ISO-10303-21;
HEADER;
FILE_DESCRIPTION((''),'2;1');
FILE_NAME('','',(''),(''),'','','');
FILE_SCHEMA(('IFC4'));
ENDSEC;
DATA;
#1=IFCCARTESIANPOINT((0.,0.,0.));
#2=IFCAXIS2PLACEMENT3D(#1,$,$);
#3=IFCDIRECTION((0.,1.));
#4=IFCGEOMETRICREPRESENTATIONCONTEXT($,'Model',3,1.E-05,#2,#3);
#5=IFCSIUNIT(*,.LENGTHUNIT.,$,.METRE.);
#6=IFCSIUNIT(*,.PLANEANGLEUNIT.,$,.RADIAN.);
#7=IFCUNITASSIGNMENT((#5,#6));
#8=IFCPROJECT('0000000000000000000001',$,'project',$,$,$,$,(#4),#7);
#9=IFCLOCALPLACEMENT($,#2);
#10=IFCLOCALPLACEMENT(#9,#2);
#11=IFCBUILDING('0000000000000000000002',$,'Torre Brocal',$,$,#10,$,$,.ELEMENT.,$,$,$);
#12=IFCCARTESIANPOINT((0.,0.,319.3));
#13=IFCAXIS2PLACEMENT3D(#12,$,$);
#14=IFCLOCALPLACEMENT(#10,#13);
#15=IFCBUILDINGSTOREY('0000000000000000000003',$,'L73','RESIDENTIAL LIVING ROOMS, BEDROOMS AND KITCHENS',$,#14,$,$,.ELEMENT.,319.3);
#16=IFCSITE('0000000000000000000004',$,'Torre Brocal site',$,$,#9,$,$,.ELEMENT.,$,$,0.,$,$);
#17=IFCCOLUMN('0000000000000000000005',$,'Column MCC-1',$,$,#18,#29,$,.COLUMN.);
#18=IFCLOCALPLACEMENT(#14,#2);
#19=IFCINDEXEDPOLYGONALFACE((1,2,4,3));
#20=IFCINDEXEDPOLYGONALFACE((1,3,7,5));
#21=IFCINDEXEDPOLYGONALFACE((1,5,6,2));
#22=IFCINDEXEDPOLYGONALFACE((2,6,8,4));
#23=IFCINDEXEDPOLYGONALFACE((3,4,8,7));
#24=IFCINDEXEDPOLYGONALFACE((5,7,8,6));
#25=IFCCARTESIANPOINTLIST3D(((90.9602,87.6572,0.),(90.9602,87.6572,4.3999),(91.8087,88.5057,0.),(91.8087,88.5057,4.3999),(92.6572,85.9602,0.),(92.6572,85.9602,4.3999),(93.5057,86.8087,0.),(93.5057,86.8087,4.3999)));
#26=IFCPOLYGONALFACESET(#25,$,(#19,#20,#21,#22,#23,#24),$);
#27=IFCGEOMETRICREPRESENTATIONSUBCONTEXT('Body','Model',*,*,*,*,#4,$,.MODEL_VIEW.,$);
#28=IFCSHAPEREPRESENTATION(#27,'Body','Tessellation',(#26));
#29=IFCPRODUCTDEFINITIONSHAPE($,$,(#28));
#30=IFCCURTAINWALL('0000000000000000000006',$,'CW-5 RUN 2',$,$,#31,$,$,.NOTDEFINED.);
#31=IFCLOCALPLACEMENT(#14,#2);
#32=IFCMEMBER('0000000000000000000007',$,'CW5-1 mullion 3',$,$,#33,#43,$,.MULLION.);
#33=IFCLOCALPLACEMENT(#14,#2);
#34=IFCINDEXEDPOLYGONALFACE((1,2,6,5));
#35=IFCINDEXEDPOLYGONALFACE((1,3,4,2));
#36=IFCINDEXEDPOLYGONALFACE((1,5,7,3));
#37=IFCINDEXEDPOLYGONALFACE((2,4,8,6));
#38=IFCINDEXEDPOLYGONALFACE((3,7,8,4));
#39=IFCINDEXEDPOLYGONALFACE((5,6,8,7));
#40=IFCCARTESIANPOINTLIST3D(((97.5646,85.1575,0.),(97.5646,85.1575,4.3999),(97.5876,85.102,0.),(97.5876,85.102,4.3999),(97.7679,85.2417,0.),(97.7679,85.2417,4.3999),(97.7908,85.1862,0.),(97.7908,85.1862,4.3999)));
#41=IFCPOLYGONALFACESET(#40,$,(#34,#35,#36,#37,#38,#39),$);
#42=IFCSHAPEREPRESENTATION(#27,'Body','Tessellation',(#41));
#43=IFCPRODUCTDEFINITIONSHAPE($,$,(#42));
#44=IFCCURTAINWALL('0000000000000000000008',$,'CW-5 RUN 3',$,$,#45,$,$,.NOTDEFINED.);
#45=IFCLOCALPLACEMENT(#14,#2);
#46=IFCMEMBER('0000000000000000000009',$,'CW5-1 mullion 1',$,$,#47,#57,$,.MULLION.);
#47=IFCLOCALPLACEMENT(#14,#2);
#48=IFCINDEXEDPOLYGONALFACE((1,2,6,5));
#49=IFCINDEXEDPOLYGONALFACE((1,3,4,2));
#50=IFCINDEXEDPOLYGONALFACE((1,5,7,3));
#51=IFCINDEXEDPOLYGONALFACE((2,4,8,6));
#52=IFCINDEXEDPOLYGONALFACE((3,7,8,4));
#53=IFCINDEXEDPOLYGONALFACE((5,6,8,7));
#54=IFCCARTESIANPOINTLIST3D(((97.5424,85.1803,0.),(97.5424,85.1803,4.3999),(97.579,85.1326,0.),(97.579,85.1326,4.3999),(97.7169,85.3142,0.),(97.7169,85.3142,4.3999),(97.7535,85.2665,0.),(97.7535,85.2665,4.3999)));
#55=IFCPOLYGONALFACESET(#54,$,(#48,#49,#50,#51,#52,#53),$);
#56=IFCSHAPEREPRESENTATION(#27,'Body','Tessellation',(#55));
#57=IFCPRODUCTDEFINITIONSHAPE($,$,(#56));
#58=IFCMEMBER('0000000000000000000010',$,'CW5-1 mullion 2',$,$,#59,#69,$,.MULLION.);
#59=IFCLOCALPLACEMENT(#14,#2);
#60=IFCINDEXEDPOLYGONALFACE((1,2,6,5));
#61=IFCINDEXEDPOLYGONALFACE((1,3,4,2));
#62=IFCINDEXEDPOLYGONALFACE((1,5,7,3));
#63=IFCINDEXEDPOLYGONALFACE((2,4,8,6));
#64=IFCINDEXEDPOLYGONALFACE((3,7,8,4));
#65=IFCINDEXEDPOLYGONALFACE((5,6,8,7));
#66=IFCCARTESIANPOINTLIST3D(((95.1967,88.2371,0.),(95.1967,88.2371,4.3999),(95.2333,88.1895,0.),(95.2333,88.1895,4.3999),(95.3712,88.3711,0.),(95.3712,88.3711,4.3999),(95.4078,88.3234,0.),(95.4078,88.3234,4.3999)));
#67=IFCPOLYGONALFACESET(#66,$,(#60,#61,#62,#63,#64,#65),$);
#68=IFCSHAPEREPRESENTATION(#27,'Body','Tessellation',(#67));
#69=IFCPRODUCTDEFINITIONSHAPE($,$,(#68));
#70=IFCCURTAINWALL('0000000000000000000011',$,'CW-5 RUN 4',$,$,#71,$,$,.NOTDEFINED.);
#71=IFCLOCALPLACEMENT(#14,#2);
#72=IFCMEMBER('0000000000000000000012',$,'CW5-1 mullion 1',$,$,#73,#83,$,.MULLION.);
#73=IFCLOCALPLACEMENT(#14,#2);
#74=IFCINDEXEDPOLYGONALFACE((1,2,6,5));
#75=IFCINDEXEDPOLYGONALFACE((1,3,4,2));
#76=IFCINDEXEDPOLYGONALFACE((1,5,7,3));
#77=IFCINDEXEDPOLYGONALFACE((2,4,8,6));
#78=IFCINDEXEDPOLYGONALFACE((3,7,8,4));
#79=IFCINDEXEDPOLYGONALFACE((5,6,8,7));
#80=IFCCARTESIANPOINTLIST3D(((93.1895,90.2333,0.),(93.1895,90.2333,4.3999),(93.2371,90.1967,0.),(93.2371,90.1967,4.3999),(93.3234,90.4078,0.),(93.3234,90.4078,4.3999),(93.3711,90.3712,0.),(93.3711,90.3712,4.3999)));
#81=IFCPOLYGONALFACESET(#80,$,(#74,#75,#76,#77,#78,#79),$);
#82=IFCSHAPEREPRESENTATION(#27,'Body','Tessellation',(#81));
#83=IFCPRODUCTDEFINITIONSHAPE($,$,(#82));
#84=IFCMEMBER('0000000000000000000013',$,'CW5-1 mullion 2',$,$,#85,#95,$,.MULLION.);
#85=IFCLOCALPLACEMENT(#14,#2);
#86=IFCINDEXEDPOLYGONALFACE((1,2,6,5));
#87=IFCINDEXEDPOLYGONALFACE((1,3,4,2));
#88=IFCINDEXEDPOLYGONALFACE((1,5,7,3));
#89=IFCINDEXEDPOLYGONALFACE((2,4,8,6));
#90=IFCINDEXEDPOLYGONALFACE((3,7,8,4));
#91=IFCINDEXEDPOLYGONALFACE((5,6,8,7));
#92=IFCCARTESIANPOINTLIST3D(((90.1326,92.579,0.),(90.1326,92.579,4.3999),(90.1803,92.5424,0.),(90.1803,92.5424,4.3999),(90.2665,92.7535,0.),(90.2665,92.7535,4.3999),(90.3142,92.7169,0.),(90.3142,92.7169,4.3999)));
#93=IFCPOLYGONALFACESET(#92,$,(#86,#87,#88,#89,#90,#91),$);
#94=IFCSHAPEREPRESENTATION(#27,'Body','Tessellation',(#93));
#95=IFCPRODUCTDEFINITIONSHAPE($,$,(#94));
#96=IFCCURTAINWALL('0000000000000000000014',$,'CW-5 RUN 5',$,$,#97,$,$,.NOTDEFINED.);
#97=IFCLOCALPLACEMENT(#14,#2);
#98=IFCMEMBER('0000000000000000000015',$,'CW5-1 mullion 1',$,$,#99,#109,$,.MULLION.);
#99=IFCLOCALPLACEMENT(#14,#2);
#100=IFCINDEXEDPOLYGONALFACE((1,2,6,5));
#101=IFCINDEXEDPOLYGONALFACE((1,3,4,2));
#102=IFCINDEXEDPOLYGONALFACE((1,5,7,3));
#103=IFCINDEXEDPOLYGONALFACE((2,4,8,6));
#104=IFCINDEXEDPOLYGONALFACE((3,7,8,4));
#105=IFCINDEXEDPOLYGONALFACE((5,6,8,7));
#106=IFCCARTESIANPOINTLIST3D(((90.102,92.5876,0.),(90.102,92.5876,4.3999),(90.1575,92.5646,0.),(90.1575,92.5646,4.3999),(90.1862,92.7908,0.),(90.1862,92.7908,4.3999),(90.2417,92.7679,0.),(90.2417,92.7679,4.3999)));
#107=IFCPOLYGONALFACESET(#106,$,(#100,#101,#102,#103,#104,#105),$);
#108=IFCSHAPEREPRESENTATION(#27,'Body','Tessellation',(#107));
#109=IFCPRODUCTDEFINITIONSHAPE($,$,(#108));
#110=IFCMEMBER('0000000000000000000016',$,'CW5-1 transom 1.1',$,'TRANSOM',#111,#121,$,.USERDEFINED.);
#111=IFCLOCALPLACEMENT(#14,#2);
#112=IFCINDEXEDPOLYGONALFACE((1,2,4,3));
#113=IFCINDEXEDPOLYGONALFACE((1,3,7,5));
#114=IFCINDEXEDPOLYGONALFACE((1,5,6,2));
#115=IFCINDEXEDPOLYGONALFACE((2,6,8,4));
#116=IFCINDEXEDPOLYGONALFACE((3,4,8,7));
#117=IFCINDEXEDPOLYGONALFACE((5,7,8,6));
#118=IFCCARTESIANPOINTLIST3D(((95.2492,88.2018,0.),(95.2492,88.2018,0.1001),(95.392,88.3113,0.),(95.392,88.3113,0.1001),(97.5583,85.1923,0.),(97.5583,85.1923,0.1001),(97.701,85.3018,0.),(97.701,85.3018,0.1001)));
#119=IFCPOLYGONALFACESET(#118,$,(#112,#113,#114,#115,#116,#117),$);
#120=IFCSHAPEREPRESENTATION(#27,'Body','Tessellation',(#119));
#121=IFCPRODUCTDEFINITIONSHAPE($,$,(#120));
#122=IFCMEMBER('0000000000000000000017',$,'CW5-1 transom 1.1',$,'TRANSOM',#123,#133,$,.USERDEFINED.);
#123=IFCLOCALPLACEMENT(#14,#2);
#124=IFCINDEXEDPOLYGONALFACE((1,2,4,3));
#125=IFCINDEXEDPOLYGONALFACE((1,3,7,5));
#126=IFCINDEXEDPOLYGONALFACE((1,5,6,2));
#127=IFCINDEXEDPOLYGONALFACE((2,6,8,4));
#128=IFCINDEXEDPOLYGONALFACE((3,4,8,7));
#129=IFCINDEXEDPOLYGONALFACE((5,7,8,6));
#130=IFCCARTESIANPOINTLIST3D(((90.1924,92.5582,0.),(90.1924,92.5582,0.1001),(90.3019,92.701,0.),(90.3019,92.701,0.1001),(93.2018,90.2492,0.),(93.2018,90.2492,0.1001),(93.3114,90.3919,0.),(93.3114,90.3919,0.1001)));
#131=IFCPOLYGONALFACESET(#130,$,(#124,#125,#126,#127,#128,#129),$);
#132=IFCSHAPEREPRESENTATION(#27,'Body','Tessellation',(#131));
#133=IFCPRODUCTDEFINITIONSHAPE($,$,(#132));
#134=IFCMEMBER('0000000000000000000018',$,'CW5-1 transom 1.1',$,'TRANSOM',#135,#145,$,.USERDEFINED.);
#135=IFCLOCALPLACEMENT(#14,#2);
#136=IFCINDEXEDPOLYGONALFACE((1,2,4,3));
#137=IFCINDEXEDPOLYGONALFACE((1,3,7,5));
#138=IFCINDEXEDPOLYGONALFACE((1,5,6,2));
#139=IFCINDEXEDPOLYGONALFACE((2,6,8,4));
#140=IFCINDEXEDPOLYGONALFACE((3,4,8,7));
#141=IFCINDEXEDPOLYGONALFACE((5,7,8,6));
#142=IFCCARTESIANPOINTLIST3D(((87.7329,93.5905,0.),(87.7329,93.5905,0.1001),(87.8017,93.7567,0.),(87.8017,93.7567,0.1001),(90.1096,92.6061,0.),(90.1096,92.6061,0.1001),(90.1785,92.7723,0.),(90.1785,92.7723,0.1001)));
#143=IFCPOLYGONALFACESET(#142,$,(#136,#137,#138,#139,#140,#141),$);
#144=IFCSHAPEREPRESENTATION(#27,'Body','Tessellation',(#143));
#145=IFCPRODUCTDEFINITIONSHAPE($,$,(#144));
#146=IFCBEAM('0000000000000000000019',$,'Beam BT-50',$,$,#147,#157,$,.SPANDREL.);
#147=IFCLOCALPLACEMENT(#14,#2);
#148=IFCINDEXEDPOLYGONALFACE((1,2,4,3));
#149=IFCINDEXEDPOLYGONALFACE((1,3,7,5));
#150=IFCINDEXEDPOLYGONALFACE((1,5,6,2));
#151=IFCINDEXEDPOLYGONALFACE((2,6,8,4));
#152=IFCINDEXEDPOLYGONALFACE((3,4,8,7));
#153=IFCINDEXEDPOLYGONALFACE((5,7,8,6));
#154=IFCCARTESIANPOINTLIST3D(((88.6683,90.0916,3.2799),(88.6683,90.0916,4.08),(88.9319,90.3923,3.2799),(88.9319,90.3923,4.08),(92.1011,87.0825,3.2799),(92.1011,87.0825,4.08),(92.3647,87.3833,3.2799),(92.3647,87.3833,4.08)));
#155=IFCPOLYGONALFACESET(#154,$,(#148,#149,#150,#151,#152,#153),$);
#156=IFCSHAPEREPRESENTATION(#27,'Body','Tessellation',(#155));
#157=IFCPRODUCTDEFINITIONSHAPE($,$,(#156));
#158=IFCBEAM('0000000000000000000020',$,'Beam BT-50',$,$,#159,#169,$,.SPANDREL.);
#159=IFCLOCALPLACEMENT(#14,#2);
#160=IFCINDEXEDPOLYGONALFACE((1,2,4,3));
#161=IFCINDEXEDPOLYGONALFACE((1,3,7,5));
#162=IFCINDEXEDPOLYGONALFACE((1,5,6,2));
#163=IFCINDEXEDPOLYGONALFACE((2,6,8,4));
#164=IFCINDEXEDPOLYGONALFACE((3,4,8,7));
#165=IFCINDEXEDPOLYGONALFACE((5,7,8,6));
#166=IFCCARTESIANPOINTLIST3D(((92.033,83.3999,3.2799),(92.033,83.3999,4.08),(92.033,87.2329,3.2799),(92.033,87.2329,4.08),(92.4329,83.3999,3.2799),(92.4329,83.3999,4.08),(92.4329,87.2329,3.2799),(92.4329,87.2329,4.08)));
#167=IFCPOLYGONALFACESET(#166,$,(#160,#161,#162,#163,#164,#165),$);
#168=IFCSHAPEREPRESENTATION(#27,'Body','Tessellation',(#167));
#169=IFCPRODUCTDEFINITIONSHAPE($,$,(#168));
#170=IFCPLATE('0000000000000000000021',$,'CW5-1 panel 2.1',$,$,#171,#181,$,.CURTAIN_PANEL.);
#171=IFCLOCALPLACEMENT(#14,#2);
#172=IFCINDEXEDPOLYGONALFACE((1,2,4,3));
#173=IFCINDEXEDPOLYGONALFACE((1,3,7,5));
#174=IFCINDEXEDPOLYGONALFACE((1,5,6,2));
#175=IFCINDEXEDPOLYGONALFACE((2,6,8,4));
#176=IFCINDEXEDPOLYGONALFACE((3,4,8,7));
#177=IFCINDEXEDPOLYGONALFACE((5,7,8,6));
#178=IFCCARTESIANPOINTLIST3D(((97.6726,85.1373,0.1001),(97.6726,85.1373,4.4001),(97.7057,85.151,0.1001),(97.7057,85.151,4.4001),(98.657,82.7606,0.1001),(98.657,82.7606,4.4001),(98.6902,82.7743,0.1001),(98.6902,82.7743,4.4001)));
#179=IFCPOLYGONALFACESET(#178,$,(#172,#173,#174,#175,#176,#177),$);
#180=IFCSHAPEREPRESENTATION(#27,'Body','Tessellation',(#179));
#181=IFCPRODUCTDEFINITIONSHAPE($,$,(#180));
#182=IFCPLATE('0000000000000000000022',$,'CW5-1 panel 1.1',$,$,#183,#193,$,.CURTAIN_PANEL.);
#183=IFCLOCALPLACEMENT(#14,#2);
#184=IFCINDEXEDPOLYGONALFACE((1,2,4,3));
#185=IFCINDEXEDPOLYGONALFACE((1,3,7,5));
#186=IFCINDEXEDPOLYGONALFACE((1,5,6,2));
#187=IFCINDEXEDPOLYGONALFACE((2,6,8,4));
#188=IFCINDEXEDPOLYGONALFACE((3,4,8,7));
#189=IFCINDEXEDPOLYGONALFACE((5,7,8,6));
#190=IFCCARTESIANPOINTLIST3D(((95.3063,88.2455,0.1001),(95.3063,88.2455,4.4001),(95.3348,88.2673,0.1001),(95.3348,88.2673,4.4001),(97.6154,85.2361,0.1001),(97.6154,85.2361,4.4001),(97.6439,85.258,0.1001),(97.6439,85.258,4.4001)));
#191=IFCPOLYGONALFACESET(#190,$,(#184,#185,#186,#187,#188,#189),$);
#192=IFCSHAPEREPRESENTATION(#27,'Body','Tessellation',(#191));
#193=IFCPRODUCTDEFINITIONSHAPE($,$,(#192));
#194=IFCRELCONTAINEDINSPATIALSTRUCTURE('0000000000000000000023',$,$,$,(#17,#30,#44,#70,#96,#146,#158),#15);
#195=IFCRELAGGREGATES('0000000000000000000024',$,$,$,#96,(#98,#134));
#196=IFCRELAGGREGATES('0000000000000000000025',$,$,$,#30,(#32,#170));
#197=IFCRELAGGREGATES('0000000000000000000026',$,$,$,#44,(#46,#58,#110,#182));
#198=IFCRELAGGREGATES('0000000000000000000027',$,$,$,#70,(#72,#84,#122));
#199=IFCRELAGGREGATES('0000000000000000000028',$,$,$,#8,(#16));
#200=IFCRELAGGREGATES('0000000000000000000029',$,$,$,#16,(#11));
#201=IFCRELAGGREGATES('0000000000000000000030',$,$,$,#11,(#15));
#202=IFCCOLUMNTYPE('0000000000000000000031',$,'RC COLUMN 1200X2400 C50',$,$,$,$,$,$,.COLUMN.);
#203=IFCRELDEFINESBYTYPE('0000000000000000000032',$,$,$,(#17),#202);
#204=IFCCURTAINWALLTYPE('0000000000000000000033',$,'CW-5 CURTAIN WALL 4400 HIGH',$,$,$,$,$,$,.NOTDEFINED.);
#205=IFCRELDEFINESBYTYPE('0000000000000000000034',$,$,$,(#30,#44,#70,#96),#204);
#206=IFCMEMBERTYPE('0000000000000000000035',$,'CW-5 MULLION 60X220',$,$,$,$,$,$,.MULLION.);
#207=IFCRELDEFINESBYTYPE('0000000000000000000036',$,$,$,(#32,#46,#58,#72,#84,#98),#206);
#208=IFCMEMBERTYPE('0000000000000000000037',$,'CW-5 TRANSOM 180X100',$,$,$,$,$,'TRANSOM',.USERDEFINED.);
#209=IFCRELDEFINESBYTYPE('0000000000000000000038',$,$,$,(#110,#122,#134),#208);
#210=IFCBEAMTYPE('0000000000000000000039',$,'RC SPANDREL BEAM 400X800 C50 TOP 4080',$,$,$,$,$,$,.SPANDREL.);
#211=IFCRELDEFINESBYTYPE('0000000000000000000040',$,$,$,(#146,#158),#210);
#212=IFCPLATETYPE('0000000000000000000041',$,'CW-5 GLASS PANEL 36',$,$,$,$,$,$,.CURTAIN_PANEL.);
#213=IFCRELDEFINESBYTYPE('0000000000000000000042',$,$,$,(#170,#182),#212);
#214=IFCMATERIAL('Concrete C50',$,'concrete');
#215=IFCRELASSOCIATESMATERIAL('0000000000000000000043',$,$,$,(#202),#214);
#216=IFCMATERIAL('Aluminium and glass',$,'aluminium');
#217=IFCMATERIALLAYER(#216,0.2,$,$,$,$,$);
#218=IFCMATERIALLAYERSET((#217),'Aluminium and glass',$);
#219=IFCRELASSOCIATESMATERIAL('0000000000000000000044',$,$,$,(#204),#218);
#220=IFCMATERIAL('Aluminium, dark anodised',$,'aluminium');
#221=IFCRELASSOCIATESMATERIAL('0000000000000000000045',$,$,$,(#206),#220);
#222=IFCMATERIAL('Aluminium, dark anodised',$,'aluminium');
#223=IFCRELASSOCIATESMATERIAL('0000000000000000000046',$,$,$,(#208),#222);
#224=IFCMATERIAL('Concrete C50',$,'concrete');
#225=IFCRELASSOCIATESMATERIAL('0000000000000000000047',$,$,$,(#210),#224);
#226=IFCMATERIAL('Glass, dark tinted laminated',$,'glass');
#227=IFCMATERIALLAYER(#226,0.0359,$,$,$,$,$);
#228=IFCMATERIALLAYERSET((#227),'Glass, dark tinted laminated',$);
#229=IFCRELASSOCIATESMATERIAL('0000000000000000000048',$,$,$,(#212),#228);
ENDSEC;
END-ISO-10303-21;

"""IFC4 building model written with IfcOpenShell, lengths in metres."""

from ifc_helpers import new_model, si_unit, direction, frame, origin, origin_2d, place, context, subcontext, project, spatial, rectangle, extrude, material, layer, layer_set, material_profile, profile_set, type_object, element, aggregate, save


model = new_model("IFC4")

# Units and contexts
model_context = context("Model", 3, precision=1e-05, world=origin(), true_north=direction((0.0, 1.0)))
body_context = subcontext(model_context, "Body", "Model", "MODEL_VIEW")
ifc_project = project(units=[si_unit("LENGTHUNIT", "METRE"), si_unit("PLANEANGLEUNIT", "RADIAN")], contexts=[model_context])

# Site, building, storey
site_placement = place(None, origin())
site = spatial("IfcSite", under=ifc_project, at=site_placement, Name="Torre Brocal site", CompositionType="ELEMENT", RefElevation=0.0)
building_placement = place(site_placement, origin())
building = spatial("IfcBuilding", under=site, at=building_placement, Name="Torre Brocal", CompositionType="ELEMENT")
storey_placement = place(building_placement, frame((0.0, 0.0, 319.3)))
storey = spatial("IfcBuildingStorey", under=building, at=storey_placement, Name="L73", Description="RESIDENTIAL LIVING ROOMS, BEDROOMS AND KITCHENS", CompositionType="ELEMENT", Elevation=319.3)

# Column
ifc_material_1 = material(Name="Concrete C50", Category="concrete")
ifc_material_profile_1 = material_profile(ifc_material_1, rectangle(XDim=1.2, YDim=2.3999, at=origin_2d()), Name="RC 1200X2400")
ifc_profile_set_1 = profile_set([ifc_material_profile_1], Name="Concrete C50")
column_type = type_object("IfcColumnType", Name="RC COLUMN 1200X2400 C50", PredefinedType="COLUMN", material=ifc_profile_set_1)
column_placement = place(storey_placement, frame((92.2329, 87.2329, 0.0), z_axis=(0.0, 0.0, 1.0), x_axis=(0.707107, 0.707107, 0.0)))
element("IfcColumn", 1, at=column_placement, inside=storey, type_object=column_type, Name="Column MCC-1", PredefinedType="COLUMN", context=body_context, shape_type="SweptSolid", body=[
    extrude(rectangle(XDim=1.2, YDim=2.3999, at=origin_2d()), origin(), (0.0, 0.0, 1.0), 4.3999),
])

# Curtain wall, member
ifc_material_2 = material(Name="Aluminium and glass", Category="aluminium")
ifc_layer_1 = layer(ifc_material_2, 0.2)
ifc_layer_set_1 = layer_set([ifc_layer_1], Name="Aluminium and glass")
curtain_wall_type = type_object("IfcCurtainWallType", Name="CW-5 CURTAIN WALL 4400 HIGH", PredefinedType="NOTDEFINED", material=ifc_layer_set_1)
curtain_wall_1_placement = place(storey_placement, origin())
curtain_wall_1 = element("IfcCurtainWall", 2, at=curtain_wall_1_placement, inside=storey, type_object=curtain_wall_type, Name="CW-5 RUN 2", PredefinedType="NOTDEFINED")
ifc_material_3 = material(Name="Aluminium, dark anodised", Category="aluminium")
ifc_material_profile_2 = material_profile(ifc_material_3, rectangle(XDim=0.22, YDim=0.0601, at=origin_2d()), Name="CW-5 MULLION 60X220")
ifc_profile_set_2 = profile_set([ifc_material_profile_2], Name="Aluminium, dark anodised")
member_type_1 = type_object("IfcMemberType", Name="CW-5 MULLION 60X220", PredefinedType="MULLION", material=ifc_profile_set_2)
member_1_placement = place(storey_placement, frame((97.6777, 85.1719, 0.0), z_axis=(0.0, 0.0, 1.0), x_axis=(-0.92388, -0.382683, 0.0)))
member_1 = element("IfcMember", 3, at=member_1_placement, type_object=member_type_1, Name="CW5-1 mullion 3", PredefinedType="MULLION", context=body_context, shape_type="SweptSolid", body=[
    extrude(rectangle(XDim=0.22, YDim=0.0601, at=origin_2d()), origin(), (0.0, 0.0, 1.0), 4.3999),
])

# Curtain walls, members
curtain_wall_2_placement = place(storey_placement, origin())
curtain_wall_2 = element("IfcCurtainWall", 4, at=curtain_wall_2_placement, inside=storey, type_object=curtain_wall_type, Name="CW-5 RUN 3", PredefinedType="NOTDEFINED")
member_2_placement = place(storey_placement, frame((97.6479, 85.2234, 0.0), z_axis=(0.0, 0.0, 1.0), x_axis=(-0.793353, -0.608761, 0.0)))
member_2 = element("IfcMember", 5, at=member_2_placement, type_object=member_type_1, Name="CW5-1 mullion 1", PredefinedType="MULLION", context=body_context, shape_type="SweptSolid", body=[
    extrude(rectangle(XDim=0.22, YDim=0.0601, at=origin_2d()), origin(), (0.0, 0.0, 1.0), 4.3999),
])
member_3_placement = place(storey_placement, frame((95.3022, 88.2803, 0.0), z_axis=(0.0, 0.0, 1.0), x_axis=(-0.793353, -0.608761, 0.0)))
member_3 = element("IfcMember", 6, at=member_3_placement, type_object=member_type_1, Name="CW5-1 mullion 2", PredefinedType="MULLION", context=body_context, shape_type="SweptSolid", body=[
    extrude(rectangle(XDim=0.22, YDim=0.0601, at=origin_2d()), origin(), (0.0, 0.0, 1.0), 4.3999),
])
curtain_wall_3_placement = place(storey_placement, origin())
curtain_wall_3 = element("IfcCurtainWall", 7, at=curtain_wall_3_placement, inside=storey, type_object=curtain_wall_type, Name="CW-5 RUN 4", PredefinedType="NOTDEFINED")
member_4_placement = place(storey_placement, frame((93.2803, 90.3022, 0.0), z_axis=(0.0, 0.0, 1.0), x_axis=(-0.608761, -0.793353, 0.0)))
member_4 = element("IfcMember", 8, at=member_4_placement, type_object=member_type_1, Name="CW5-1 mullion 1", PredefinedType="MULLION", context=body_context, shape_type="SweptSolid", body=[
    extrude(rectangle(XDim=0.22, YDim=0.0601, at=origin_2d()), origin(), (0.0, 0.0, 1.0), 4.3999),
])
member_5_placement = place(storey_placement, frame((90.2234, 92.6479, 0.0), z_axis=(0.0, 0.0, 1.0), x_axis=(-0.608761, -0.793353, 0.0)))
member_5 = element("IfcMember", 9, at=member_5_placement, type_object=member_type_1, Name="CW5-1 mullion 2", PredefinedType="MULLION", context=body_context, shape_type="SweptSolid", body=[
    extrude(rectangle(XDim=0.22, YDim=0.0601, at=origin_2d()), origin(), (0.0, 0.0, 1.0), 4.3999),
])

# Curtain wall, member
curtain_wall_4_placement = place(storey_placement, origin())
curtain_wall_4 = element("IfcCurtainWall", 10, at=curtain_wall_4_placement, inside=storey, type_object=curtain_wall_type, Name="CW-5 RUN 5", PredefinedType="NOTDEFINED")
member_6_placement = place(storey_placement, frame((90.1719, 92.6777, 0.0), z_axis=(0.0, 0.0, 1.0), x_axis=(-0.382683, -0.92388, 0.0)))
member_6 = element("IfcMember", 11, at=member_6_placement, type_object=member_type_1, Name="CW5-1 mullion 1", PredefinedType="MULLION", context=body_context, shape_type="SweptSolid", body=[
    extrude(rectangle(XDim=0.22, YDim=0.0601, at=origin_2d()), origin(), (0.0, 0.0, 1.0), 4.3999),
])

# Members
ifc_material_4 = material(Name="Aluminium, dark anodised", Category="aluminium")
ifc_material_profile_3 = material_profile(ifc_material_4, rectangle(XDim=0.1799, YDim=0.1001, at=origin_2d()), Name="CW-5 TRANSOM 180X100")
ifc_profile_set_3 = profile_set([ifc_material_profile_3], Name="Aluminium, dark anodised")
member_type_2 = type_object("IfcMemberType", Name="CW-5 TRANSOM 180X100", ElementType="TRANSOM", PredefinedType="USERDEFINED", material=ifc_profile_set_3)
member_7_placement = place(storey_placement, frame((97.6296, 85.2471, 0.05), z_axis=(-0.608727, 0.793379, 0.0), x_axis=(-0.793379, -0.608727, 0.0)))
member_7 = element("IfcMember", 12, at=member_7_placement, type_object=member_type_2, Name="CW5-1 transom 1.1", ObjectType="TRANSOM", PredefinedType="USERDEFINED", context=body_context, shape_type="SweptSolid", body=[
    extrude(rectangle(XDim=0.1799, YDim=0.1001, at=origin_2d()), origin(), (0.0, 0.0, 1.0), 3.7932),
])
member_8_placement = place(storey_placement, frame((93.2566, 90.3206, 0.05), z_axis=(-0.793379, 0.608727, 0.0), x_axis=(-0.608727, -0.793379, 0.0)))
member_8 = element("IfcMember", 13, at=member_8_placement, type_object=member_type_2, Name="CW5-1 transom 1.1", ObjectType="TRANSOM", PredefinedType="USERDEFINED", context=body_context, shape_type="SweptSolid", body=[
    extrude(rectangle(XDim=0.1799, YDim=0.1001, at=origin_2d()), origin(), (0.0, 0.0, 1.0), 3.7932),
])
member_9_placement = place(storey_placement, frame((90.144, 92.6892, 0.05), z_axis=(-0.923892, 0.382654, 0.0), x_axis=(-0.382654, -0.923892, 0.0)))
member_9 = element("IfcMember", 14, at=member_9_placement, type_object=member_type_2, Name="CW5-1 transom 1.1", ObjectType="TRANSOM", PredefinedType="USERDEFINED", context=body_context, shape_type="SweptSolid", body=[
    extrude(rectangle(XDim=0.1799, YDim=0.1001, at=origin_2d()), origin(), (0.0, 0.0, 1.0), 2.5725),
])
aggregate(curtain_wall_4, [member_6, member_9])

# Beams
ifc_material_5 = material(Name="Concrete C50", Category="concrete")
ifc_material_profile_4 = material_profile(ifc_material_5, rectangle(XDim=0.3999, YDim=0.8, at=origin_2d()), Name="RC 400X800")
ifc_profile_set_4 = profile_set([ifc_material_profile_4], Name="Concrete C50")
beam_type = type_object("IfcBeamType", Name="RC SPANDREL BEAM 400X800 C50 TOP 4080", PredefinedType="SPANDREL", material=ifc_profile_set_4)
beam_1_placement = place(storey_placement, frame((92.2329, 87.2329, 3.6799), z_axis=(-0.752003, 0.659159, 0.0), x_axis=(-0.659159, -0.752003, 0.0)))
element("IfcBeam", 15, at=beam_1_placement, inside=storey, type_object=beam_type, Name="Beam BT-50", PredefinedType="SPANDREL", context=body_context, shape_type="SweptSolid", body=[
    extrude(rectangle(XDim=0.3999, YDim=0.8, at=origin_2d()), origin(), (0.0, 0.0, 1.0), 4.5649),
])
beam_2_placement = place(storey_placement, frame((92.2329, 87.2329, 3.6799), z_axis=(0.0, -1.0, 0.0), x_axis=(1.0, 0.0, 0.0)))
element("IfcBeam", 16, at=beam_2_placement, inside=storey, type_object=beam_type, Name="Beam BT-50", PredefinedType="SPANDREL", context=body_context, shape_type="SweptSolid", body=[
    extrude(rectangle(XDim=0.3999, YDim=0.8, at=origin_2d()), origin(), (0.0, 0.0, 1.0), 3.833),
])

# Plates
ifc_material_6 = material(Name="Glass, dark tinted laminated", Category="glass")
ifc_layer_2 = layer(ifc_material_6, 0.0359)
ifc_layer_set_2 = layer_set([ifc_layer_2], Name="Glass, dark tinted laminated")
plate_type = type_object("IfcPlateType", Name="CW-5 GLASS PANEL 36", PredefinedType="CURTAIN_PANEL", material=ifc_layer_set_2)
plate_1_placement = place(storey_placement, frame((98.1814, 83.9558, 0.1001), z_axis=(0.0, 0.0, 1.0), x_axis=(-0.382683, 0.92388, 0.0)))
plate_1 = element("IfcPlate", 17, at=plate_1_placement, type_object=plate_type, Name="CW5-1 panel 2.1", PredefinedType="CURTAIN_PANEL", context=body_context, shape_type="SweptSolid", body=[
    extrude(rectangle(XDim=2.5725, YDim=0.0359, at=origin_2d()), origin(), (0.0, 0.0, 1.0), 4.3),
])
aggregate(curtain_wall_1, [member_1, plate_1])
plate_2_placement = place(storey_placement, frame((96.4751, 86.7517, 0.1001), z_axis=(0.0, 0.0, 1.0), x_axis=(-0.608761, 0.793353, 0.0)))
plate_2 = element("IfcPlate", 18, at=plate_2_placement, type_object=plate_type, Name="CW5-1 panel 1.1", PredefinedType="CURTAIN_PANEL", context=body_context, shape_type="SweptSolid", body=[
    extrude(rectangle(XDim=3.7932, YDim=0.0359, at=origin_2d()), origin(), (0.0, 0.0, 1.0), 4.3),
])
aggregate(curtain_wall_2, [member_2, member_3, member_7, plate_2])
aggregate(curtain_wall_3, [member_4, member_5, member_8])

save(model, "model.ifc")
